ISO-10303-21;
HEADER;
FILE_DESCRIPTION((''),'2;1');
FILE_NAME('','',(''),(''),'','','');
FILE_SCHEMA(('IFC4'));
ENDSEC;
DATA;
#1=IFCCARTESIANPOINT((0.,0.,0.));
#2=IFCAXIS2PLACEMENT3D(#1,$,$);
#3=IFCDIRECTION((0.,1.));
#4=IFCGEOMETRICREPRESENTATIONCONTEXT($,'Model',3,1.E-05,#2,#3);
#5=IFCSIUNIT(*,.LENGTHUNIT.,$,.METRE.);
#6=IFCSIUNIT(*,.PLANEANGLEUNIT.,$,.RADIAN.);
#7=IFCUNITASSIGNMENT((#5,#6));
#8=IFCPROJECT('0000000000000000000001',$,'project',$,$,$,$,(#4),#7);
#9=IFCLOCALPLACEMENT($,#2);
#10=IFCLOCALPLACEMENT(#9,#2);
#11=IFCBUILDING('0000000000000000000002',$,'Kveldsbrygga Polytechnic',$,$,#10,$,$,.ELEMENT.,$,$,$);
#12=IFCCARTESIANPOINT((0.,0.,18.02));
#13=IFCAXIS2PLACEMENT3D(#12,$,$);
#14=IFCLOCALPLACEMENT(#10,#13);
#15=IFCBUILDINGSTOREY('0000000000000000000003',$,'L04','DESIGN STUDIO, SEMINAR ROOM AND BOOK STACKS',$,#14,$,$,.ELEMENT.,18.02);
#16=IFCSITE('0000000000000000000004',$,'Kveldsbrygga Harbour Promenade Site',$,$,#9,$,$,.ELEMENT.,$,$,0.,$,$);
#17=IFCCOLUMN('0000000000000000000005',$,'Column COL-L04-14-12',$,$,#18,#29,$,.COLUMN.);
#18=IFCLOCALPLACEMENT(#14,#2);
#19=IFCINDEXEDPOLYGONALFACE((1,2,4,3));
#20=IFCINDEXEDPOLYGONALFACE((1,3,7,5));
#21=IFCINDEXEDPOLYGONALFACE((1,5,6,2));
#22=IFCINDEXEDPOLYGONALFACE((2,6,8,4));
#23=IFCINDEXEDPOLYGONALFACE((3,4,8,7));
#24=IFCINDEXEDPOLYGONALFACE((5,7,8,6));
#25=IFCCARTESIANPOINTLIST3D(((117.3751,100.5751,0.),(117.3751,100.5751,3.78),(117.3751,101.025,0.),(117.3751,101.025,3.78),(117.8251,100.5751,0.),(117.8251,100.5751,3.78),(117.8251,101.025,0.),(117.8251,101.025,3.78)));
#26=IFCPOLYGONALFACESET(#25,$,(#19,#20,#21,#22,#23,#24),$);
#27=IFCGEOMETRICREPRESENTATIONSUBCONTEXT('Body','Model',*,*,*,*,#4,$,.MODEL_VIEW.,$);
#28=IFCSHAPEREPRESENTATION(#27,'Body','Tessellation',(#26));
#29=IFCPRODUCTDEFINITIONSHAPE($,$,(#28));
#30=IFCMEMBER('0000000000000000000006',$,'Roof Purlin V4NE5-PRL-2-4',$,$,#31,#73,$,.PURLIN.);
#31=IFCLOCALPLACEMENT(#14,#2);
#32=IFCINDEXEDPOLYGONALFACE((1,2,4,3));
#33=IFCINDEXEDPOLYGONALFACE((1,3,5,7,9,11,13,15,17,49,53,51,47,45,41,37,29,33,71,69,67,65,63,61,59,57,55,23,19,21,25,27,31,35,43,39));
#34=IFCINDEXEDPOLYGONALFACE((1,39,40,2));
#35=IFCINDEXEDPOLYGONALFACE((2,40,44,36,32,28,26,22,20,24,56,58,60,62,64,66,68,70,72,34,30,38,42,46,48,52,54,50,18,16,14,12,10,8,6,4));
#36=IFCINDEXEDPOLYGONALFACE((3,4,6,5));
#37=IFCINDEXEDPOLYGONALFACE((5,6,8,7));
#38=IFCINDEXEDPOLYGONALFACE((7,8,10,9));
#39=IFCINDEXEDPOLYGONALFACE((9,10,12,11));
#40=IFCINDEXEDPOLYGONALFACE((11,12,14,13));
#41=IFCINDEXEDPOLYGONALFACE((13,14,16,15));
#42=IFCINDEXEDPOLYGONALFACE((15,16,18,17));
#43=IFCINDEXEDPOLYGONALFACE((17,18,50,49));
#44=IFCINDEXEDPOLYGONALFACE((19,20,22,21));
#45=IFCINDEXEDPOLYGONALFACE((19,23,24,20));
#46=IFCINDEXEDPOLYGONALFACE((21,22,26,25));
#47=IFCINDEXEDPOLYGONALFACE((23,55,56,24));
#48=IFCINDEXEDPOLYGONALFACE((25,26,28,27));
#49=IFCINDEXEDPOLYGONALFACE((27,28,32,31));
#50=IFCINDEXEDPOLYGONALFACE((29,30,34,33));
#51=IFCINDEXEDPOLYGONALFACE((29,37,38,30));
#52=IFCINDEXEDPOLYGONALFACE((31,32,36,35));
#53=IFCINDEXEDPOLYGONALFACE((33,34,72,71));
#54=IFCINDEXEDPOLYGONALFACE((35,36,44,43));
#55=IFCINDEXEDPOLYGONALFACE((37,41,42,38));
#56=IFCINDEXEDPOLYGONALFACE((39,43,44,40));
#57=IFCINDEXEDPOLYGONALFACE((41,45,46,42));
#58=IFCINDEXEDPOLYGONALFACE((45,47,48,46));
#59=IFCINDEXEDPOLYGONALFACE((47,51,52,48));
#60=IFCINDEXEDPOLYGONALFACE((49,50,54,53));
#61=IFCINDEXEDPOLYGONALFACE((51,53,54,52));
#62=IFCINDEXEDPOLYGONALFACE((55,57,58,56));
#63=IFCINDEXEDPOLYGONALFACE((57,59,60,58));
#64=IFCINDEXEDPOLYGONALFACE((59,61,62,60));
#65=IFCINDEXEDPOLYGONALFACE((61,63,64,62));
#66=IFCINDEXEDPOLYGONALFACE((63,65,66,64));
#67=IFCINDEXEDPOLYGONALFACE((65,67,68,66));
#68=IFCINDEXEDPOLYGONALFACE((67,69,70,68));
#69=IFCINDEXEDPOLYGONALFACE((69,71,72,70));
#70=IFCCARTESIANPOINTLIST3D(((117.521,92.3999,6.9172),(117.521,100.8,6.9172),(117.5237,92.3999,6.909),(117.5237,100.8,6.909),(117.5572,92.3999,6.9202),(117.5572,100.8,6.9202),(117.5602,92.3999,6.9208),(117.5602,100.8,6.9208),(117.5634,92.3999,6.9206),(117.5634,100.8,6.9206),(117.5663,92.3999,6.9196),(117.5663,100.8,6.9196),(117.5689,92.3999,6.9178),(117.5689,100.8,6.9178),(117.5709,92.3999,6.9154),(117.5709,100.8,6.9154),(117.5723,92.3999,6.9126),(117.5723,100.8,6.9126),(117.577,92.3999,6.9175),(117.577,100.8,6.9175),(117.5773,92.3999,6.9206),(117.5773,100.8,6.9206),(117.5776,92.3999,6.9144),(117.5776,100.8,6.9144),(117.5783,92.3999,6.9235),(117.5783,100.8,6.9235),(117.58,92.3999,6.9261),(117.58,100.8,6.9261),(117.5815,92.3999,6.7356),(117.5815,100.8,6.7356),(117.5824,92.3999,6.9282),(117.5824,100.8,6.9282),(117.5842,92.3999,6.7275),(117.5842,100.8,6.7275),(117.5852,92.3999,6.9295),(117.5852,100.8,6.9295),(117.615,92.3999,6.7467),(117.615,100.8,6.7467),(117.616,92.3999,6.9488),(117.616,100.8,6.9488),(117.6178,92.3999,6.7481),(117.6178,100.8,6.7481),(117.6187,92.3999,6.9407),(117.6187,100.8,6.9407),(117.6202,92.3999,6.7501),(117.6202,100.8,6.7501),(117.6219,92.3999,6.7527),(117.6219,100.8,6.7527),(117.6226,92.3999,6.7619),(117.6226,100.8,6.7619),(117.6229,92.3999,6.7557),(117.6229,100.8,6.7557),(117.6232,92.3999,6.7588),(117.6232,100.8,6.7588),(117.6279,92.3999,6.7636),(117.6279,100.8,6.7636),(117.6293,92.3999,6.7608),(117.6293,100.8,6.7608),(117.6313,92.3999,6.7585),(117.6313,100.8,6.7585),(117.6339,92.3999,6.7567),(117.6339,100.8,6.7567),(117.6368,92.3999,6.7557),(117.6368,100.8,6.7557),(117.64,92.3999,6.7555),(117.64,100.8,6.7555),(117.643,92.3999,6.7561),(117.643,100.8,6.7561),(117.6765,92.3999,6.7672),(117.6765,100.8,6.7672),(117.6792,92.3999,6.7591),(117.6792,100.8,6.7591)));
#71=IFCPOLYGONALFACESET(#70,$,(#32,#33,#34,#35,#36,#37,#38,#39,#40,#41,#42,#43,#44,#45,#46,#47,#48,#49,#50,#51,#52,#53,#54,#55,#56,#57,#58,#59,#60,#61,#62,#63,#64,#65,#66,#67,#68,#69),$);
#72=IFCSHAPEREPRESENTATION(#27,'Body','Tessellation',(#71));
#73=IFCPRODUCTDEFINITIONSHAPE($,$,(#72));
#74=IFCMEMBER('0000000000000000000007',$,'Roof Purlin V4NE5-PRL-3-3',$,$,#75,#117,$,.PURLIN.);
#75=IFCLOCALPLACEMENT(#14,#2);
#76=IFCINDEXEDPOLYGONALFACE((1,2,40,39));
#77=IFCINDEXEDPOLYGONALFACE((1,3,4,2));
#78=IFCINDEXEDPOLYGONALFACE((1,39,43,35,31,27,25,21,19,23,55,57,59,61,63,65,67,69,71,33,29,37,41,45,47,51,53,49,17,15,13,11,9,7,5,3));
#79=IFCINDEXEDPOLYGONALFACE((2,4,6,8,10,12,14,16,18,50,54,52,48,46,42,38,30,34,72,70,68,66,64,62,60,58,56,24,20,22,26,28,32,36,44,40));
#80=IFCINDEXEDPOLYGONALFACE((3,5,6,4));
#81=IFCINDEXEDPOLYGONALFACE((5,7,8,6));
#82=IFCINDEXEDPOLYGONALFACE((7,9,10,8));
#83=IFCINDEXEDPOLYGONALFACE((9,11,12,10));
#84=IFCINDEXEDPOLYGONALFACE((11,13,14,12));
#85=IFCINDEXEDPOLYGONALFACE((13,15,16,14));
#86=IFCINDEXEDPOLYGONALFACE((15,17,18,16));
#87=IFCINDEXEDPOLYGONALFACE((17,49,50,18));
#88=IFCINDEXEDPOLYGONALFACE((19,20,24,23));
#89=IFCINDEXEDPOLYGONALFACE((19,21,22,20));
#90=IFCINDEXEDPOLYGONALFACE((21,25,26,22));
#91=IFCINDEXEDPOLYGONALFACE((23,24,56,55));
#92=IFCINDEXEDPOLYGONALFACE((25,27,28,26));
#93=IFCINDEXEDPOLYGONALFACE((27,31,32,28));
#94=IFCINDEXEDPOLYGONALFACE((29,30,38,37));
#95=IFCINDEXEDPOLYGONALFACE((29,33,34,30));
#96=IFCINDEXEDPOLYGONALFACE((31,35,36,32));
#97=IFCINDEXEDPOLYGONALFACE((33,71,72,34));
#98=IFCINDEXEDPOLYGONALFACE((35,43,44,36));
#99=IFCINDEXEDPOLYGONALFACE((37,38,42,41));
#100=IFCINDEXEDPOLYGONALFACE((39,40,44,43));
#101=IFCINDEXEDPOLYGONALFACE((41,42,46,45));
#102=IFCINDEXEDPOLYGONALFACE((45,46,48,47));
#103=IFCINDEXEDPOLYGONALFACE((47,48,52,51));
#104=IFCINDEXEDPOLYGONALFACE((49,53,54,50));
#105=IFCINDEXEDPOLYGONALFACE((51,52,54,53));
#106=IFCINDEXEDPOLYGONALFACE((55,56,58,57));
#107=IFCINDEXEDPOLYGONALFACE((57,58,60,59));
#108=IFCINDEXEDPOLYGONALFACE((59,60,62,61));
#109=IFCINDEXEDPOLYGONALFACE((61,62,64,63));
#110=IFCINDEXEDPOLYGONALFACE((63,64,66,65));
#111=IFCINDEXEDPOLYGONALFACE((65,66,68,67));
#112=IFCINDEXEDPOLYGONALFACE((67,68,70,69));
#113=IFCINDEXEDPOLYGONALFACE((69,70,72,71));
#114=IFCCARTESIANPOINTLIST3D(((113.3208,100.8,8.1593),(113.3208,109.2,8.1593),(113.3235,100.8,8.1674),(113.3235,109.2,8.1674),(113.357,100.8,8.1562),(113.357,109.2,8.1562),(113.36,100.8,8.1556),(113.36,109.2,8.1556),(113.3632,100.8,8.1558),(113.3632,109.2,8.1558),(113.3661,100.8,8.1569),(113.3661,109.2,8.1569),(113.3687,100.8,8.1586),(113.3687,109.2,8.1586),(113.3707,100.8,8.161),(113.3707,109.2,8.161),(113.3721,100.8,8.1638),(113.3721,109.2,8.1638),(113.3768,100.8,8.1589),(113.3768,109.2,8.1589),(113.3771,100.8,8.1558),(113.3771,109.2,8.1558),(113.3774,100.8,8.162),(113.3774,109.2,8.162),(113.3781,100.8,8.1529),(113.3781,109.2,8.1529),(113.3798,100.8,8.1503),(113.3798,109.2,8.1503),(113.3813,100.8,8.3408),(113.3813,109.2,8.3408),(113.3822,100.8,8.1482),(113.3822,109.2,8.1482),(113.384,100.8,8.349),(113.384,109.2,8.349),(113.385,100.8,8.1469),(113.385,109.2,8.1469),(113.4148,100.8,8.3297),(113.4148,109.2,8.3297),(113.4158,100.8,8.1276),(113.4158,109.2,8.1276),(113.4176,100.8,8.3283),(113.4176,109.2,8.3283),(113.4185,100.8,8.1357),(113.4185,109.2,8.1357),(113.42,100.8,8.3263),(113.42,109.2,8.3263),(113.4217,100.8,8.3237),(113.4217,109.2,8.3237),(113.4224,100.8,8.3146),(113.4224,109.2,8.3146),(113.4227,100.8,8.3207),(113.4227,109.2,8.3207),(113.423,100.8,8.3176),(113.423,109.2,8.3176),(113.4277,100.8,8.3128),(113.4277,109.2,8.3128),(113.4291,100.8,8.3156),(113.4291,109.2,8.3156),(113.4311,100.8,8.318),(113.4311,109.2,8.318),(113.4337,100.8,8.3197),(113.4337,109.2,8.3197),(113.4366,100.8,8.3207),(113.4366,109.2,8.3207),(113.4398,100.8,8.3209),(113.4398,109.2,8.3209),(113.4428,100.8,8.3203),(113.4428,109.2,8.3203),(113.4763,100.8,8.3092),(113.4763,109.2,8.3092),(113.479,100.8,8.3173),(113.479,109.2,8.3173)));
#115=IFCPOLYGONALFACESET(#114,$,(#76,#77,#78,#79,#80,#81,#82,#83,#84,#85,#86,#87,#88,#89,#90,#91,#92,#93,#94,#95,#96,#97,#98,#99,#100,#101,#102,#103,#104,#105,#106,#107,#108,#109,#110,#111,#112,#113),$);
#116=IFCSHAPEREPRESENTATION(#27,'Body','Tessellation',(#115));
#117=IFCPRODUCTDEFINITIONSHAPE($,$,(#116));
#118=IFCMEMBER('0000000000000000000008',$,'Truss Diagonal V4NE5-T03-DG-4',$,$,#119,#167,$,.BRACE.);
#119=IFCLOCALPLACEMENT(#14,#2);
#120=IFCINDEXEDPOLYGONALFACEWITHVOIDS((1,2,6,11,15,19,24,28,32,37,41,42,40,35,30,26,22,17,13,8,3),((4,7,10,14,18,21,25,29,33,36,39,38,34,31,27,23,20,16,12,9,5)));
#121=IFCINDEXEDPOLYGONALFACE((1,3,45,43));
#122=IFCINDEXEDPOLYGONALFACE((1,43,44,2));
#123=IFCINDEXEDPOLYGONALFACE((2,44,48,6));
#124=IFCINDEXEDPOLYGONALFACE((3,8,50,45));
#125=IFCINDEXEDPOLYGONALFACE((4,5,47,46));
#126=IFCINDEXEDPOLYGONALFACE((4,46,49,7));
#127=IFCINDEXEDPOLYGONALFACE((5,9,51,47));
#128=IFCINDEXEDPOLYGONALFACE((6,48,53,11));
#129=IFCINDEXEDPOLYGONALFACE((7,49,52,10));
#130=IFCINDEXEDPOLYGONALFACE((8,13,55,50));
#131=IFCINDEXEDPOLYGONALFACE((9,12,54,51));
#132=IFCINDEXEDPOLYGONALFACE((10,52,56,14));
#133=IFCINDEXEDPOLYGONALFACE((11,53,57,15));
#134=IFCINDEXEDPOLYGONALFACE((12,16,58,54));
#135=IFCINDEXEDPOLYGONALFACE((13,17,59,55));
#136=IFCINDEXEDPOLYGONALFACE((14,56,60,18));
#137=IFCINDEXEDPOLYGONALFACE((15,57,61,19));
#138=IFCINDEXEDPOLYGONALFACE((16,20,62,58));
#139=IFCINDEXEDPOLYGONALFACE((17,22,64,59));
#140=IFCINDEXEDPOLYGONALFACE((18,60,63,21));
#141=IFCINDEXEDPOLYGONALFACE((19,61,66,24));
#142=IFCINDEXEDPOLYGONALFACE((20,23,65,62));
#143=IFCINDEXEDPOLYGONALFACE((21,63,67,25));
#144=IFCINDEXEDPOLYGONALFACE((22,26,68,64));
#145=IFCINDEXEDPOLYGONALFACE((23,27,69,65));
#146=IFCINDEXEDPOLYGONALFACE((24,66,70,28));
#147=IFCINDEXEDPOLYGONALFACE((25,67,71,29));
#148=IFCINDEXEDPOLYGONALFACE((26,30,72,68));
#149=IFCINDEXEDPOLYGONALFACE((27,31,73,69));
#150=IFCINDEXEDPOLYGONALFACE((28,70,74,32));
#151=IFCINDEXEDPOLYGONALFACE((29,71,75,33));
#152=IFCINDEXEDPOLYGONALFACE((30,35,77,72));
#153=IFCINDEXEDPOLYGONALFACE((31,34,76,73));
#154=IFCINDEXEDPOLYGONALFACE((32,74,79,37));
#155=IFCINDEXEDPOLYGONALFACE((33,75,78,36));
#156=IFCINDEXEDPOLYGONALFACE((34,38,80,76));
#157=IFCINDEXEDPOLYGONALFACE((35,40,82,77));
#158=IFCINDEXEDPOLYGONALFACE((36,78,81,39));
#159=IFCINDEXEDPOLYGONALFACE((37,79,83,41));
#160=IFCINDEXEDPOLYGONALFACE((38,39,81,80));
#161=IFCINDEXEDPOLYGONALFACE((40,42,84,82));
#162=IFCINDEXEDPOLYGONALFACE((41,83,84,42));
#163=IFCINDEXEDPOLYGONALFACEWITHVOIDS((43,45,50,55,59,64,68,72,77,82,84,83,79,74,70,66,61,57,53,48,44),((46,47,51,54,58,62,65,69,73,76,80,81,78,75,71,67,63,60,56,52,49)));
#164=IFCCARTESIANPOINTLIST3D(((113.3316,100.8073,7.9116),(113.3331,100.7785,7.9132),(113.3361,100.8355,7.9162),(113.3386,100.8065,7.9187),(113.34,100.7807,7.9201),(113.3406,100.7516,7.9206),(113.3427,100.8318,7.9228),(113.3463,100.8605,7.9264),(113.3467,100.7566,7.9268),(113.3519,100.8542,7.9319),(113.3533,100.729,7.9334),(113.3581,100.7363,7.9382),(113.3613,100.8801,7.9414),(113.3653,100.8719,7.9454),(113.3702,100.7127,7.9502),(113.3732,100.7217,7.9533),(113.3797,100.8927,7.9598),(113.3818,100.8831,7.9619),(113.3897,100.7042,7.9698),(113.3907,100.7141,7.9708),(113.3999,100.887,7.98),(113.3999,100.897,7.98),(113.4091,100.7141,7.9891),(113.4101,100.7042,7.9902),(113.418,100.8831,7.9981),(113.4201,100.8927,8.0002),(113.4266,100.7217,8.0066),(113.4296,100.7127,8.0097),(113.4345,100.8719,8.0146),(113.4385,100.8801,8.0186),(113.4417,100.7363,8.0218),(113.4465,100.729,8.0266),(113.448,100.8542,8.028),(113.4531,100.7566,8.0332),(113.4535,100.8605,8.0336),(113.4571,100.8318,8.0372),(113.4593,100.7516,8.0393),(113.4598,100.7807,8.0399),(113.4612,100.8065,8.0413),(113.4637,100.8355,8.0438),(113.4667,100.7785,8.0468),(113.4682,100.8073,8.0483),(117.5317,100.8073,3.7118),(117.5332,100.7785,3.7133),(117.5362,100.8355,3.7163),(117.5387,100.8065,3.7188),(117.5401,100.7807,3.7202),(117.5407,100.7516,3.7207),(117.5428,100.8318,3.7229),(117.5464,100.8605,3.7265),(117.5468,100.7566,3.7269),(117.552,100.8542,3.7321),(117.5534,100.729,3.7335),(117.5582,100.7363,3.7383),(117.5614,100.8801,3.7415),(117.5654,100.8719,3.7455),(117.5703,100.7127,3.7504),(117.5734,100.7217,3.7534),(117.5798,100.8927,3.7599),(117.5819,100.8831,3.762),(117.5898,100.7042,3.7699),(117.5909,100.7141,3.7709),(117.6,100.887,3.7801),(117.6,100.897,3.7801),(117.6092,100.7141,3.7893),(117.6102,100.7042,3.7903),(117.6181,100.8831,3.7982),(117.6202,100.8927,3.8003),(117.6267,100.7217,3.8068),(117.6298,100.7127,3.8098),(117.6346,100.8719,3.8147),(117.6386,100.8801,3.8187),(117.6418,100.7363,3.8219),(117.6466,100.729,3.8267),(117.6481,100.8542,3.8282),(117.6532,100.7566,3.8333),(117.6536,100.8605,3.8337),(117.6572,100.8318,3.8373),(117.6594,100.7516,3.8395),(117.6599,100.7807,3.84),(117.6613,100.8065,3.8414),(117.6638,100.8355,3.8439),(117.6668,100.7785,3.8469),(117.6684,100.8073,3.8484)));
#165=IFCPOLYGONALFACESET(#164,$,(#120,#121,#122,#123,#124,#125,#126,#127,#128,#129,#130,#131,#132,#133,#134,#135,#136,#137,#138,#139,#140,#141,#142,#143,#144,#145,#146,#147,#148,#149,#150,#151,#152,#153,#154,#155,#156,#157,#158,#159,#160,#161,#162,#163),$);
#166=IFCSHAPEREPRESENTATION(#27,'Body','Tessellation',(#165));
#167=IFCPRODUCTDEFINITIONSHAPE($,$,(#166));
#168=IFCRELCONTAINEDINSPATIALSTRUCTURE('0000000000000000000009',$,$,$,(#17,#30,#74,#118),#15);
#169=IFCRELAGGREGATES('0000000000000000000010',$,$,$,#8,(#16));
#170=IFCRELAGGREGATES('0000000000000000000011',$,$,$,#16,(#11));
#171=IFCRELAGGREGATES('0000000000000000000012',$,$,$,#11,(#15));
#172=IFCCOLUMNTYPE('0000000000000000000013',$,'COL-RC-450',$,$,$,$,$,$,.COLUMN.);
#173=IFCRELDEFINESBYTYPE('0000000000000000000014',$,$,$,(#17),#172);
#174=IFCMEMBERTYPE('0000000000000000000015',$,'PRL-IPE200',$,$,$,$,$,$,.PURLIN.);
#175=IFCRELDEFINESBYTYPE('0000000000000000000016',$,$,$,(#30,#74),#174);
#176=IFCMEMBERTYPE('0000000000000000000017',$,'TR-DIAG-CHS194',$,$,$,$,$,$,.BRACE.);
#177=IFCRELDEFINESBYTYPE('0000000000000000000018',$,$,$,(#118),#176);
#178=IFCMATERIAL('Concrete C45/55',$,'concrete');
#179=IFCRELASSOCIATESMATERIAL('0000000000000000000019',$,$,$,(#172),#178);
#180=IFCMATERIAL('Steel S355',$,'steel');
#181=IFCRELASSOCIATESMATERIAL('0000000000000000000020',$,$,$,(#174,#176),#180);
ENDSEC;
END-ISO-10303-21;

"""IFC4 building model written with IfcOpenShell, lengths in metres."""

from ifc_helpers import new_model, si_unit, direction, frame, origin, origin_2d, place, context, subcontext, project, spatial, rectangle, hollow_circle, i_section, extrude, material, material_profile, profile_set, type_object, element, save


model = new_model("IFC4")

# Units and contexts
model_context = context("Model", 3, precision=1e-05, world=origin(), true_north=direction((0.0, 1.0)))
body_context = subcontext(model_context, "Body", "Model", "MODEL_VIEW")
ifc_project = project(units=[si_unit("LENGTHUNIT", "METRE"), si_unit("PLANEANGLEUNIT", "RADIAN")], contexts=[model_context])

# Site, building, storey
site_placement = place(None, origin())
site = spatial("IfcSite", under=ifc_project, at=site_placement, Name="Kveldsbrygga Harbour Promenade Site", CompositionType="ELEMENT", RefElevation=0.0)
building_placement = place(site_placement, origin())
building = spatial("IfcBuilding", under=site, at=building_placement, Name="Kveldsbrygga Polytechnic", CompositionType="ELEMENT")
storey_placement = place(building_placement, frame((0.0, 0.0, 18.02)))
storey = spatial("IfcBuildingStorey", under=building, at=storey_placement, Name="L04", Description="DESIGN STUDIO, SEMINAR ROOM AND BOOK STACKS", CompositionType="ELEMENT", Elevation=18.02)

# Column
ifc_material_1 = material(Name="Concrete C45/55", Category="concrete")
ifc_material_profile_1 = material_profile(ifc_material_1, rectangle(XDim=0.45, YDim=0.45, at=origin_2d()), Name="RC 450x450")
ifc_profile_set_1 = profile_set([ifc_material_profile_1], Name="Concrete C45/55")
column_type = type_object("IfcColumnType", Name="COL-RC-450", PredefinedType="COLUMN", material=ifc_profile_set_1)
column_placement = place(storey_placement, frame((117.6001, 100.8, 0.0), z_axis=(0.0, 0.0, 1.0), x_axis=(1.0, 0.0, 0.0)))
element("IfcColumn", 1, at=column_placement, inside=storey, type_object=column_type, Name="Column COL-L04-14-12", PredefinedType="COLUMN", context=body_context, shape_type="SweptSolid", body=[
    extrude(rectangle(XDim=0.45, YDim=0.45, at=origin_2d()), origin(), (0.0, 0.0, 1.0), 3.78),
])

# Members
ifc_material_2 = material(Name="Steel S355", Category="steel")
ifc_material_profile_2 = material_profile(ifc_material_2, i_section(OverallWidth=0.1001, OverallDepth=0.2, WebThickness=0.0056, FlangeThickness=0.0085, FilletRadius=0.012, at=origin_2d()), Name="IPE 200")
ifc_profile_set_2 = profile_set([ifc_material_profile_2], Name="Steel S355")
member_type_1 = type_object("IfcMemberType", Name="PRL-IPE200", PredefinedType="PURLIN", material=ifc_profile_set_2)
member_1_placement = place(storey_placement, frame((117.6001, 92.3999, 6.8381), z_axis=(0.0, 1.0, 0.0), x_axis=(-0.948684, 0.0, -0.316227)))
element("IfcMember", 2, at=member_1_placement, inside=storey, type_object=member_type_1, Name="Roof Purlin V4NE5-PRL-2-4", PredefinedType="PURLIN", context=body_context, shape_type="SweptSolid", body=[
    extrude(i_section(OverallWidth=0.1001, OverallDepth=0.2, WebThickness=0.0056, FlangeThickness=0.0085, FilletRadius=0.012, at=origin_2d()), origin(), (0.0, 0.0, 1.0), 8.4001),
])
member_2_placement = place(storey_placement, frame((113.3999, 100.8, 8.2383), z_axis=(0.0, 1.0, 0.0), x_axis=(-0.948684, 0.0, 0.316227)))
element("IfcMember", 3, at=member_2_placement, inside=storey, type_object=member_type_1, Name="Roof Purlin V4NE5-PRL-3-3", PredefinedType="PURLIN", context=body_context, shape_type="SweptSolid", body=[
    extrude(i_section(OverallWidth=0.1001, OverallDepth=0.2, WebThickness=0.0056, FlangeThickness=0.0085, FilletRadius=0.012, at=origin_2d()), origin(), (0.0, 0.0, 1.0), 8.3999),
])
ifc_material_profile_3 = material_profile(ifc_material_2, hollow_circle(Radius=0.0969, WallThickness=0.01, at=origin_2d()), Name="CHS 193.7x10.0")
ifc_profile_set_3 = profile_set([ifc_material_profile_3], Name="Steel S355")
member_type_2 = type_object("IfcMemberType", Name="TR-DIAG-CHS194", PredefinedType="BRACE", material=ifc_profile_set_3)
member_3_placement = place(storey_placement, frame((113.3999, 100.8, 7.98), z_axis=(0.707127, 0.0, -0.707086), x_axis=(0.0, 1.0, 0.0)))
element("IfcMember", 4, at=member_3_placement, inside=storey, type_object=member_type_2, Name="Truss Diagonal V4NE5-T03-DG-4", PredefinedType="BRACE", context=body_context, shape_type="SweptSolid", body=[
    extrude(hollow_circle(Radius=0.0969, WallThickness=0.01, at=origin_2d()), origin(), (0.0, 0.0, 1.0), 5.9397),
])

save(model, "model.ifc")
